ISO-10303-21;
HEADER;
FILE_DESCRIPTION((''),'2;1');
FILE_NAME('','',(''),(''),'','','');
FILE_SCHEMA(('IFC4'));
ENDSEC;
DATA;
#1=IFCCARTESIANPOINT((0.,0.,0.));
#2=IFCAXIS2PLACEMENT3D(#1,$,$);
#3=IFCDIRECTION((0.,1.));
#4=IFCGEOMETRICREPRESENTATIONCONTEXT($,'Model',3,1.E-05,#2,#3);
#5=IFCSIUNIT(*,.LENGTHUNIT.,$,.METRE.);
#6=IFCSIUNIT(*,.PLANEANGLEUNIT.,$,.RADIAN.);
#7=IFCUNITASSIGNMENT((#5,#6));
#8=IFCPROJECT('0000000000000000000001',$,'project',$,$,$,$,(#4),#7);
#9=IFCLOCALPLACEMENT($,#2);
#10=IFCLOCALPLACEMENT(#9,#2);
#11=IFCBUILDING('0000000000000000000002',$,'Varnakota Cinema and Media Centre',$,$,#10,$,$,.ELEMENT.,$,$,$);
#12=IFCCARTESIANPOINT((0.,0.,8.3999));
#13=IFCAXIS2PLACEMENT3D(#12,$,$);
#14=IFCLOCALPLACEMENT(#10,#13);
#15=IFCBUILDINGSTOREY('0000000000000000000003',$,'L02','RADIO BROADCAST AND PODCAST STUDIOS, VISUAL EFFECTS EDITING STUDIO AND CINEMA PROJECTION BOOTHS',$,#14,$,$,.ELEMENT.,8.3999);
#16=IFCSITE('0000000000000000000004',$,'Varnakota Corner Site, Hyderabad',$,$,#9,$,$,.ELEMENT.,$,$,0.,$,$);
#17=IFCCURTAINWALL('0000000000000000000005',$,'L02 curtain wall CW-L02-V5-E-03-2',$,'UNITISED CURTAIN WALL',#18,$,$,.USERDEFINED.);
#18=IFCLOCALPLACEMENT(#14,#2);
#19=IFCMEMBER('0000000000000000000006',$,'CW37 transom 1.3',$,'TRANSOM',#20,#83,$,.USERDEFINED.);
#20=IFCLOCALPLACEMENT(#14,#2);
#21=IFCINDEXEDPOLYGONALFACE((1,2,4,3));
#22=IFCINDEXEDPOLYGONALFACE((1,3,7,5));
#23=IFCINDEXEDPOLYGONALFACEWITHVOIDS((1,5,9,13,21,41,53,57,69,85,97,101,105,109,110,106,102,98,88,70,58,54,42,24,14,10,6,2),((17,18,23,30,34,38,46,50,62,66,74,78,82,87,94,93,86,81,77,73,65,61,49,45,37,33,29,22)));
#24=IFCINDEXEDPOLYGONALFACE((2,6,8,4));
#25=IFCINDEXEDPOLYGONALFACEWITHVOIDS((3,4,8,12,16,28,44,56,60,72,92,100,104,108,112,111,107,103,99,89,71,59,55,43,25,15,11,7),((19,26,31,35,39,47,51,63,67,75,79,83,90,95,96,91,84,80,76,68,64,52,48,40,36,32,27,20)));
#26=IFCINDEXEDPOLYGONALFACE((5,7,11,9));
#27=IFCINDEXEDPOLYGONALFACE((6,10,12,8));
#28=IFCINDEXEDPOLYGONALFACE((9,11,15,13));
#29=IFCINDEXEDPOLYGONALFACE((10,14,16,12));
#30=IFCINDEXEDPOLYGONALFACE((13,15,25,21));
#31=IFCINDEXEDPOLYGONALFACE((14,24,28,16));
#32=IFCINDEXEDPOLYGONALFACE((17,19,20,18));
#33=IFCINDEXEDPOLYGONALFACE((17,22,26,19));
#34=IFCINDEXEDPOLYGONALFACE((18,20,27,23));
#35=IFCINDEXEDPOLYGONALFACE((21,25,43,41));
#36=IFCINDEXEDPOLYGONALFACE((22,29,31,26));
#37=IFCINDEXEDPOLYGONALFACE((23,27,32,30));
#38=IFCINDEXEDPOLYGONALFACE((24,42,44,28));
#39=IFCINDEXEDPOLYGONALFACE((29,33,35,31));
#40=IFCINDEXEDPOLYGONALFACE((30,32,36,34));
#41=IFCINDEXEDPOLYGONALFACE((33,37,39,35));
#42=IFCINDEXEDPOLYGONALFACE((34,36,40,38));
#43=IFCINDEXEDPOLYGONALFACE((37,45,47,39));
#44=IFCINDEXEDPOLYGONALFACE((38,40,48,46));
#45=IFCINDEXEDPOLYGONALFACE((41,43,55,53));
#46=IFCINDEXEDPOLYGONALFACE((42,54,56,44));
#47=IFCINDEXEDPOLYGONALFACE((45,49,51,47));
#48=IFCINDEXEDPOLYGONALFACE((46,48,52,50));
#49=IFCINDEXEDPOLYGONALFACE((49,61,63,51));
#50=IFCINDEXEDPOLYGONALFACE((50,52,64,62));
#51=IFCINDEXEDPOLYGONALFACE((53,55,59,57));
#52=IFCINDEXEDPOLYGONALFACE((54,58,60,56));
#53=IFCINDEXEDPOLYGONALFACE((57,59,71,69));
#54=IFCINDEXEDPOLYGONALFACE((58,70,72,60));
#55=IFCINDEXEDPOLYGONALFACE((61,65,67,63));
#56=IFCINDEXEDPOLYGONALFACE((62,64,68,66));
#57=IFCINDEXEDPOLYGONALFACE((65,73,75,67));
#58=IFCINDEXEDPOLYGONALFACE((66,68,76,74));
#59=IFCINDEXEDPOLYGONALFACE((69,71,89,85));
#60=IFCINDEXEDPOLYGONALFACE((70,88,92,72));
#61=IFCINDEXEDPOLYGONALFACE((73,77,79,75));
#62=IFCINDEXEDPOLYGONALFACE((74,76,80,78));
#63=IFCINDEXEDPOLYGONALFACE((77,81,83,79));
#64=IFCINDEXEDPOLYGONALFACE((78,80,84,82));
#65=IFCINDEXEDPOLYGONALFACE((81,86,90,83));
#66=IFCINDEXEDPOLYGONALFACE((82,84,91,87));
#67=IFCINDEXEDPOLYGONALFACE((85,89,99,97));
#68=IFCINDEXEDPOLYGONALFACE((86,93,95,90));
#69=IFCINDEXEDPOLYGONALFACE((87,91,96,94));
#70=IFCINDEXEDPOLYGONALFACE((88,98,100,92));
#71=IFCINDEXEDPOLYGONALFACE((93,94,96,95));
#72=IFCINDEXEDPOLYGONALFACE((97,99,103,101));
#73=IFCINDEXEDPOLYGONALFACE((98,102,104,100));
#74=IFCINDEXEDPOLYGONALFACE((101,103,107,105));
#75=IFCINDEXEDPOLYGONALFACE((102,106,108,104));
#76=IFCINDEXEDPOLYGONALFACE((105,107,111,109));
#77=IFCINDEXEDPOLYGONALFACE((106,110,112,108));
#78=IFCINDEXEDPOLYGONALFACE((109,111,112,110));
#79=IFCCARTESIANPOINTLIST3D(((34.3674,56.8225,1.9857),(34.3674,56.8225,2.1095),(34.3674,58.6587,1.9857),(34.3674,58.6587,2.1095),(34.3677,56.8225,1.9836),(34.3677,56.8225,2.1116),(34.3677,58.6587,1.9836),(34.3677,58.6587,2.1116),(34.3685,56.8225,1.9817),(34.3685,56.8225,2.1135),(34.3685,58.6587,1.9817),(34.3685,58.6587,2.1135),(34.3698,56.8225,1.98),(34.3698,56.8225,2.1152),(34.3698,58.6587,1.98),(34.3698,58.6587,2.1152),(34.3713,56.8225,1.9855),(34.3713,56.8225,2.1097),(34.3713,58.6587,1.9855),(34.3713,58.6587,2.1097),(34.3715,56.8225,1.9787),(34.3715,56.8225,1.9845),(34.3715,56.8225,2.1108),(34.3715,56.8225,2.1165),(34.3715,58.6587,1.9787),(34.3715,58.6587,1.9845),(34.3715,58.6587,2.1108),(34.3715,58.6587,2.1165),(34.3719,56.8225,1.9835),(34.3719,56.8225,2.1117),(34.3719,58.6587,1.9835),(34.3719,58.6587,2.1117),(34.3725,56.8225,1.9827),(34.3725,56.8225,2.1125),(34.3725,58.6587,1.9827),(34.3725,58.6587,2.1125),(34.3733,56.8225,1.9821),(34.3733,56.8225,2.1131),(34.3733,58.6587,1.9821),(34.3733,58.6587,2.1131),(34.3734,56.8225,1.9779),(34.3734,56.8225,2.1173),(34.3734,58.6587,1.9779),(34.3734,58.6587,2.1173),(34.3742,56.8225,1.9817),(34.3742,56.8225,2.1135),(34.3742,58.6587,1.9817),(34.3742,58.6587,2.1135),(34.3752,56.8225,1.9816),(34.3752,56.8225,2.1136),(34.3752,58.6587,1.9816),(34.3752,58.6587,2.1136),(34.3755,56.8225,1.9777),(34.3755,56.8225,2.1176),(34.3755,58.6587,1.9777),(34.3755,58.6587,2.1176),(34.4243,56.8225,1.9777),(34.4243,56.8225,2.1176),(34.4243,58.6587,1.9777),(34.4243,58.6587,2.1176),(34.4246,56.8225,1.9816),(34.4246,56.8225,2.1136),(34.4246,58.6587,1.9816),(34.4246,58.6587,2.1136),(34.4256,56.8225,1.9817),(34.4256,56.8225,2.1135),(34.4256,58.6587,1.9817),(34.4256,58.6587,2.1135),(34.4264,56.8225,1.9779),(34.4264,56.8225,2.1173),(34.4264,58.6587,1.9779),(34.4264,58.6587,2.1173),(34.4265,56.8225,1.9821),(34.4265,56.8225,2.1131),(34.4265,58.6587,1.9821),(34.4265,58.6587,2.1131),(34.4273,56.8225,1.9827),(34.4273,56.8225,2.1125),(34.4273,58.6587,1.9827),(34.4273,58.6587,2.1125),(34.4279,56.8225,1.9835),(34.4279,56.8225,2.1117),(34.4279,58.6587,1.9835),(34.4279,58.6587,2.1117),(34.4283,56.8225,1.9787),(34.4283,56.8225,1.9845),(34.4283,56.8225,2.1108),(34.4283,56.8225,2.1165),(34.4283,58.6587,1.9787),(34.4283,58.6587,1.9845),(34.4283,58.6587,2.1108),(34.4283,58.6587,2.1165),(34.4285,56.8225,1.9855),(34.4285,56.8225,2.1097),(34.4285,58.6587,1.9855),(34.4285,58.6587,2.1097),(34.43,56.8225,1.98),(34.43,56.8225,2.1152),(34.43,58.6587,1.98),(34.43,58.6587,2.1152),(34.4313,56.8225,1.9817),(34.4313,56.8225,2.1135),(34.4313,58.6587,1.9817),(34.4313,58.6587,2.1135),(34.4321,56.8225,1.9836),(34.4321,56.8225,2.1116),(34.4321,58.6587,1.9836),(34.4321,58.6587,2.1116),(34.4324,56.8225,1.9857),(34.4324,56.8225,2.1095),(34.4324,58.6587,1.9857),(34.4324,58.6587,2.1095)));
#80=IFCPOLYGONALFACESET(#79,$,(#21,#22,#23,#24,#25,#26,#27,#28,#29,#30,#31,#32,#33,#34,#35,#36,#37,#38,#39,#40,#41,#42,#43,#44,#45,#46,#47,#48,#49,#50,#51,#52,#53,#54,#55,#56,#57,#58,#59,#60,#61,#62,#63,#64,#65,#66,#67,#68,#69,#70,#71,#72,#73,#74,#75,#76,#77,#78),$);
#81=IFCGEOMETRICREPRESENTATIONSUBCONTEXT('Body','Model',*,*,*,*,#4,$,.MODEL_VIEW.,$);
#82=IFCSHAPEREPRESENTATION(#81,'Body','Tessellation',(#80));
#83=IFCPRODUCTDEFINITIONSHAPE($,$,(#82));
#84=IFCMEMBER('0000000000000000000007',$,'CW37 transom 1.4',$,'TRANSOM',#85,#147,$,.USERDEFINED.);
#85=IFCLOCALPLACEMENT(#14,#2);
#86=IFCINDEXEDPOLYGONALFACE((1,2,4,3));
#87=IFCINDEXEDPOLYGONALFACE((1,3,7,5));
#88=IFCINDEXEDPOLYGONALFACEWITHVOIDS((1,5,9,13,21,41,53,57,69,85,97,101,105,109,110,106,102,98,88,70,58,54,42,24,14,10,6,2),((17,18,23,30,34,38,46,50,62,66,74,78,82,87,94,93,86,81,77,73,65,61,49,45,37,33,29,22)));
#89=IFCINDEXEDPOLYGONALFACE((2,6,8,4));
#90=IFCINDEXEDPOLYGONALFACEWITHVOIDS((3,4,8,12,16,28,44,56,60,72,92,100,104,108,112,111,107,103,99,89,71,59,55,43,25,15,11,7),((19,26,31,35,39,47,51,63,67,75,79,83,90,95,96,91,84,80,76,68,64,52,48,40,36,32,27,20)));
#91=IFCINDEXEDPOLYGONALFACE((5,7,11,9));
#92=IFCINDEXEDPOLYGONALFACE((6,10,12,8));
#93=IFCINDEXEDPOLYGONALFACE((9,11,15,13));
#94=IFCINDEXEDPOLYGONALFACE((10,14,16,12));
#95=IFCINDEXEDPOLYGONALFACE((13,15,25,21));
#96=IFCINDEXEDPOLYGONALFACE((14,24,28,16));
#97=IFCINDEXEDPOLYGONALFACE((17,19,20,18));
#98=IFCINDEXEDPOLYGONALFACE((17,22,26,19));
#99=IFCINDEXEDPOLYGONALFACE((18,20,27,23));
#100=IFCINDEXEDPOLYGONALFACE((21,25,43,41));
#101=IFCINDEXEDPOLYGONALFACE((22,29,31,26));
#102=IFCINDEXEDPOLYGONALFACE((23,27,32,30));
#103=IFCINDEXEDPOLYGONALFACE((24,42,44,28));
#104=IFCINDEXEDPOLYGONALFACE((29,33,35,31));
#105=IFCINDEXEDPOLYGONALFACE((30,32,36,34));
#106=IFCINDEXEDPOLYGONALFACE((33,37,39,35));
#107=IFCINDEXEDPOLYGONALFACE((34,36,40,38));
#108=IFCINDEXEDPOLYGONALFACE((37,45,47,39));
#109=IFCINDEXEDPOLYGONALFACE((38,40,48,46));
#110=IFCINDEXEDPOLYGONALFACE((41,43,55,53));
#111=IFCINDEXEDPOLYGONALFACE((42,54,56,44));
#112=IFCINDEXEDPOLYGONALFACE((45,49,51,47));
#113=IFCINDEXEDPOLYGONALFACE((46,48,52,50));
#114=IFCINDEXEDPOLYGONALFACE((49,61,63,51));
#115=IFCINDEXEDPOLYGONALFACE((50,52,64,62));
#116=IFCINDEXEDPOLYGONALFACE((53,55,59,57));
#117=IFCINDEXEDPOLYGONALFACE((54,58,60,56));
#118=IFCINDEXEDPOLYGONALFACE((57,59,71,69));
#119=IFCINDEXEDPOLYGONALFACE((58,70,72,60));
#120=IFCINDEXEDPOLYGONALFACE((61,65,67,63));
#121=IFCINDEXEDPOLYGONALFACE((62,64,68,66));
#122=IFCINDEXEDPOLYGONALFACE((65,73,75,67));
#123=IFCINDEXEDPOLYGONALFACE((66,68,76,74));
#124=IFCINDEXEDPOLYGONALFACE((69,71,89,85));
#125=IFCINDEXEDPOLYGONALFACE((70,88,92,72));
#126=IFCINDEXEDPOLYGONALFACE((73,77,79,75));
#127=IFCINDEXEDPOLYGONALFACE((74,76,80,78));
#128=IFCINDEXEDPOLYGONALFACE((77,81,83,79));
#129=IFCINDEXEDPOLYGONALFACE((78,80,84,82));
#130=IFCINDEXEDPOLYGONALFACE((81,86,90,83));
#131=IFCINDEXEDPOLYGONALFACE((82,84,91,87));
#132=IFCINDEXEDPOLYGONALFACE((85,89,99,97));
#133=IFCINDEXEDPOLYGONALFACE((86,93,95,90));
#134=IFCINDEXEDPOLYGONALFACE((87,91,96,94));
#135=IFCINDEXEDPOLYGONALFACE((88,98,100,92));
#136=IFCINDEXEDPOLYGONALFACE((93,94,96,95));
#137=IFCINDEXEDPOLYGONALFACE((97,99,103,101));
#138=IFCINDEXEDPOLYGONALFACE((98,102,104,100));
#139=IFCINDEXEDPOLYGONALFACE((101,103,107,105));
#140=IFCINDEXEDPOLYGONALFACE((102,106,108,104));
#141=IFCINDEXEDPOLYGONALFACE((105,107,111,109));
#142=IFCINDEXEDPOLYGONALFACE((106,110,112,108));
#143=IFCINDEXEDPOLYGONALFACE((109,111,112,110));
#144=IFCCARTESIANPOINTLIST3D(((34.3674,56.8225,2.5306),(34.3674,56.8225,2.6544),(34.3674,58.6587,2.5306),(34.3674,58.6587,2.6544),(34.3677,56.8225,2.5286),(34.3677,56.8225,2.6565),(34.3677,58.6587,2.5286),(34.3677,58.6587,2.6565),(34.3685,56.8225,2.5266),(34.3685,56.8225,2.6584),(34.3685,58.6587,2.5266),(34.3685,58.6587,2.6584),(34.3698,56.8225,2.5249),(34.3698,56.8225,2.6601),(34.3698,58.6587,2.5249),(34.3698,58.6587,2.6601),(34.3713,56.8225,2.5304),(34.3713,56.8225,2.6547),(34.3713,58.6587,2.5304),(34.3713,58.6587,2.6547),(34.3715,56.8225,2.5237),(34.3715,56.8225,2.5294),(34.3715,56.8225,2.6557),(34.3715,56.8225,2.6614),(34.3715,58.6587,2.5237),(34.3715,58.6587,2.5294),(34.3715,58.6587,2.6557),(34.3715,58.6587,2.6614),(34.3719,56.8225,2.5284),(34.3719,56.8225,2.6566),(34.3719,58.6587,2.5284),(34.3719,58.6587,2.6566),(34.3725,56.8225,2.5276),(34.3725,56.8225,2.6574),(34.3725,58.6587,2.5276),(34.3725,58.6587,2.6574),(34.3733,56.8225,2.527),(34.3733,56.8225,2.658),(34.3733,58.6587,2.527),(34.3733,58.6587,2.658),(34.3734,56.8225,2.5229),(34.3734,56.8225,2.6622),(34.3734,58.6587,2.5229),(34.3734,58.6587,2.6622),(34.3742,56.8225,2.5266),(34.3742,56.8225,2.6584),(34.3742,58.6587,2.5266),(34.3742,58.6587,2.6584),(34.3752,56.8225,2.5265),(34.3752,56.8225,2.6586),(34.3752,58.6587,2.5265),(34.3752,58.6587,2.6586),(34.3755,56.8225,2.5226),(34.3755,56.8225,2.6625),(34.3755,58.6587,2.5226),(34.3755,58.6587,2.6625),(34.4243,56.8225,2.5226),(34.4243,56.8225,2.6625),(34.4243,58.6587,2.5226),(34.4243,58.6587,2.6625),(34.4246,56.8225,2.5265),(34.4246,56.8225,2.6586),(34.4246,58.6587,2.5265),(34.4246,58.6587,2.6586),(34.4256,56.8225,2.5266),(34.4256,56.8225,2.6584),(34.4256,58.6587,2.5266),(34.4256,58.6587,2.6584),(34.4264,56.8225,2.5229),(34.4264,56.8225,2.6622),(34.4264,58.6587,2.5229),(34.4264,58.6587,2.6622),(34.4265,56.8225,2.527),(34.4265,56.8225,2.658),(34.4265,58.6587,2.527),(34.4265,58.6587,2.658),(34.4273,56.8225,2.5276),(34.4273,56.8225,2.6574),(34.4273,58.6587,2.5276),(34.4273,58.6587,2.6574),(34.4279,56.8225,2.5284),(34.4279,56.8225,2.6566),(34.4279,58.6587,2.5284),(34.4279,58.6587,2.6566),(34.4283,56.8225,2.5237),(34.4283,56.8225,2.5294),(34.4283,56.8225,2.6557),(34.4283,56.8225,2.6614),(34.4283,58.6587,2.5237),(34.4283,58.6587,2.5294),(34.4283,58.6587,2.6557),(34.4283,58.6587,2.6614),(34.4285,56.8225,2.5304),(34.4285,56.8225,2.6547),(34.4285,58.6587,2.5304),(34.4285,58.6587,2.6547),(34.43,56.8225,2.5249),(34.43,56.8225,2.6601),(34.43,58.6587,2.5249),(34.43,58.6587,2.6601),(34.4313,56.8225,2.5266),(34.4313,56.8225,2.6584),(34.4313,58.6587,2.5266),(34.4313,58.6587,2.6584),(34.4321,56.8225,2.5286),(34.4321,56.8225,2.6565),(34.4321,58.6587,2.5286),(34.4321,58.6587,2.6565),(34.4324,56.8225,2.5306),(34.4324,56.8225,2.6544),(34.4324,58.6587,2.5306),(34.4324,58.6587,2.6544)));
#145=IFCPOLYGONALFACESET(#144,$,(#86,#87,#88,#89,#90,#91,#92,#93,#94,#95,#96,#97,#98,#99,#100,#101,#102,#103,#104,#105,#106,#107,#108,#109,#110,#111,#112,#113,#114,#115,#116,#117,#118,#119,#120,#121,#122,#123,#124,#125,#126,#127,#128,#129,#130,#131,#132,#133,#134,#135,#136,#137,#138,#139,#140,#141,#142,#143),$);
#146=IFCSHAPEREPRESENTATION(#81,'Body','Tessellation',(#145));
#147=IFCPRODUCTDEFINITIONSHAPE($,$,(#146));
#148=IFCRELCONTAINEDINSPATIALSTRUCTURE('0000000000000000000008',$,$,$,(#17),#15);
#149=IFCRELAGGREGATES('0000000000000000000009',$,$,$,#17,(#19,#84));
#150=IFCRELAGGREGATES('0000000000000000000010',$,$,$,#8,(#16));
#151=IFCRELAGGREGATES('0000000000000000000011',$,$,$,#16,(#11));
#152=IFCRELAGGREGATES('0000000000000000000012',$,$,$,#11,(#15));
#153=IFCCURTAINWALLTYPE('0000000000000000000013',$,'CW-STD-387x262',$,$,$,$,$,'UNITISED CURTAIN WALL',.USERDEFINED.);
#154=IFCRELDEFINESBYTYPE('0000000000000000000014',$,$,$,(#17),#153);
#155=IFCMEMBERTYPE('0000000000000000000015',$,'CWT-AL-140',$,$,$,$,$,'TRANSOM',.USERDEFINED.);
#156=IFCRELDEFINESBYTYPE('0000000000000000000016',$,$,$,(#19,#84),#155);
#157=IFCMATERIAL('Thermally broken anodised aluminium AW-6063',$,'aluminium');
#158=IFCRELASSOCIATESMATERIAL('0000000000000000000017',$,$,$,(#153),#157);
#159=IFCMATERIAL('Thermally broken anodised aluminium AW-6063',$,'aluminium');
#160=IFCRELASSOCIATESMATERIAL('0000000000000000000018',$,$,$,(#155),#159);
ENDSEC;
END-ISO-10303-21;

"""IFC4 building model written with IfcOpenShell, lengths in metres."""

from ifc_helpers import new_model, si_unit, direction, frame, origin, origin_2d, place, context, subcontext, project, spatial, hollow_rectangle, extrude, material, material_profile, profile_set, type_object, element, aggregate, save


model = new_model("IFC4")

# Units and contexts
model_context = context("Model", 3, precision=1e-05, world=origin(), true_north=direction((0.0, 1.0)))
body_context = subcontext(model_context, "Body", "Model", "MODEL_VIEW")
ifc_project = project(units=[si_unit("LENGTHUNIT", "METRE"), si_unit("PLANEANGLEUNIT", "RADIAN")], contexts=[model_context])

# Site, building, storey
site_placement = place(None, origin())
site = spatial("IfcSite", under=ifc_project, at=site_placement, Name="Varnakota Corner Site, Hyderabad", CompositionType="ELEMENT", RefElevation=0.0)
building_placement = place(site_placement, origin())
building = spatial("IfcBuilding", under=site, at=building_placement, Name="Varnakota Cinema and Media Centre", CompositionType="ELEMENT")
storey_placement = place(building_placement, frame((0.0, 0.0, 8.3999)))
storey = spatial("IfcBuildingStorey", under=building, at=storey_placement, Name="L02", Description="RADIO BROADCAST AND PODCAST STUDIOS, VISUAL EFFECTS EDITING STUDIO AND CINEMA PROJECTION BOOTHS", CompositionType="ELEMENT", Elevation=8.3999)

# Shared definitions
ifc_material_1 = material(Name="Thermally broken anodised aluminium AW-6063", Category="aluminium")
curtain_wall_type = type_object("IfcCurtainWallType", Name="CW-STD-387x262", ElementType="UNITISED CURTAIN WALL", PredefinedType="USERDEFINED", material=ifc_material_1)

# Curtain wall
curtain_wall_1_placement = place(storey_placement, origin())
curtain_wall_1 = element("IfcCurtainWall", 1, at=curtain_wall_1_placement, inside=storey, type_object=curtain_wall_type, Name="L02 curtain wall CW-L02-V5-E-03-2", ObjectType="UNITISED CURTAIN WALL", PredefinedType="USERDEFINED")

# Members
ifc_material_2 = material(Name="Thermally broken anodised aluminium AW-6063", Category="aluminium")
ifc_material_profile_1 = material_profile(ifc_material_2, hollow_rectangle(XDim=0.0649, YDim=0.1399, WallThickness=0.0039, InnerFilletRadius=0.0039, OuterFilletRadius=0.0081, at=origin_2d()), Name="AL-TRANSOM 140x65x4")
ifc_profile_set_1 = profile_set([ifc_material_profile_1], Name="Thermally broken anodised aluminium AW-6063")
member_type_1 = type_object("IfcMemberType", Name="CWT-AL-140", ElementType="TRANSOM", PredefinedType="USERDEFINED", material=ifc_profile_set_1)
member_1_placement = place(storey_placement, frame((34.3999, 56.8225, 2.0476), z_axis=(0.0, 1.0, 0.0), x_axis=(-1.0, 0.0, 0.0)))
member_1 = element("IfcMember", 2, at=member_1_placement, type_object=member_type_1, Name="CW37 transom 1.3", ObjectType="TRANSOM", PredefinedType="USERDEFINED", context=body_context, shape_type="SweptSolid", body=[
    extrude(hollow_rectangle(XDim=0.0649, YDim=0.1399, WallThickness=0.0039, InnerFilletRadius=0.0039, OuterFilletRadius=0.0081, at=origin_2d()), origin(), (0.0, 0.0, 1.0), 1.8362),
])
member_2_placement = place(storey_placement, frame((34.3999, 56.8225, 2.5925), z_axis=(0.0, 1.0, 0.0), x_axis=(-1.0, 0.0, 0.0)))
member_2 = element("IfcMember", 3, at=member_2_placement, type_object=member_type_1, Name="CW37 transom 1.4", ObjectType="TRANSOM", PredefinedType="USERDEFINED", context=body_context, shape_type="SweptSolid", body=[
    extrude(hollow_rectangle(XDim=0.0649, YDim=0.1399, WallThickness=0.0039, InnerFilletRadius=0.0039, OuterFilletRadius=0.0081, at=origin_2d()), origin(), (0.0, 0.0, 1.0), 1.8362),
])

aggregate(curtain_wall_1, [member_1, member_2])

save(model, "model.ifc")
